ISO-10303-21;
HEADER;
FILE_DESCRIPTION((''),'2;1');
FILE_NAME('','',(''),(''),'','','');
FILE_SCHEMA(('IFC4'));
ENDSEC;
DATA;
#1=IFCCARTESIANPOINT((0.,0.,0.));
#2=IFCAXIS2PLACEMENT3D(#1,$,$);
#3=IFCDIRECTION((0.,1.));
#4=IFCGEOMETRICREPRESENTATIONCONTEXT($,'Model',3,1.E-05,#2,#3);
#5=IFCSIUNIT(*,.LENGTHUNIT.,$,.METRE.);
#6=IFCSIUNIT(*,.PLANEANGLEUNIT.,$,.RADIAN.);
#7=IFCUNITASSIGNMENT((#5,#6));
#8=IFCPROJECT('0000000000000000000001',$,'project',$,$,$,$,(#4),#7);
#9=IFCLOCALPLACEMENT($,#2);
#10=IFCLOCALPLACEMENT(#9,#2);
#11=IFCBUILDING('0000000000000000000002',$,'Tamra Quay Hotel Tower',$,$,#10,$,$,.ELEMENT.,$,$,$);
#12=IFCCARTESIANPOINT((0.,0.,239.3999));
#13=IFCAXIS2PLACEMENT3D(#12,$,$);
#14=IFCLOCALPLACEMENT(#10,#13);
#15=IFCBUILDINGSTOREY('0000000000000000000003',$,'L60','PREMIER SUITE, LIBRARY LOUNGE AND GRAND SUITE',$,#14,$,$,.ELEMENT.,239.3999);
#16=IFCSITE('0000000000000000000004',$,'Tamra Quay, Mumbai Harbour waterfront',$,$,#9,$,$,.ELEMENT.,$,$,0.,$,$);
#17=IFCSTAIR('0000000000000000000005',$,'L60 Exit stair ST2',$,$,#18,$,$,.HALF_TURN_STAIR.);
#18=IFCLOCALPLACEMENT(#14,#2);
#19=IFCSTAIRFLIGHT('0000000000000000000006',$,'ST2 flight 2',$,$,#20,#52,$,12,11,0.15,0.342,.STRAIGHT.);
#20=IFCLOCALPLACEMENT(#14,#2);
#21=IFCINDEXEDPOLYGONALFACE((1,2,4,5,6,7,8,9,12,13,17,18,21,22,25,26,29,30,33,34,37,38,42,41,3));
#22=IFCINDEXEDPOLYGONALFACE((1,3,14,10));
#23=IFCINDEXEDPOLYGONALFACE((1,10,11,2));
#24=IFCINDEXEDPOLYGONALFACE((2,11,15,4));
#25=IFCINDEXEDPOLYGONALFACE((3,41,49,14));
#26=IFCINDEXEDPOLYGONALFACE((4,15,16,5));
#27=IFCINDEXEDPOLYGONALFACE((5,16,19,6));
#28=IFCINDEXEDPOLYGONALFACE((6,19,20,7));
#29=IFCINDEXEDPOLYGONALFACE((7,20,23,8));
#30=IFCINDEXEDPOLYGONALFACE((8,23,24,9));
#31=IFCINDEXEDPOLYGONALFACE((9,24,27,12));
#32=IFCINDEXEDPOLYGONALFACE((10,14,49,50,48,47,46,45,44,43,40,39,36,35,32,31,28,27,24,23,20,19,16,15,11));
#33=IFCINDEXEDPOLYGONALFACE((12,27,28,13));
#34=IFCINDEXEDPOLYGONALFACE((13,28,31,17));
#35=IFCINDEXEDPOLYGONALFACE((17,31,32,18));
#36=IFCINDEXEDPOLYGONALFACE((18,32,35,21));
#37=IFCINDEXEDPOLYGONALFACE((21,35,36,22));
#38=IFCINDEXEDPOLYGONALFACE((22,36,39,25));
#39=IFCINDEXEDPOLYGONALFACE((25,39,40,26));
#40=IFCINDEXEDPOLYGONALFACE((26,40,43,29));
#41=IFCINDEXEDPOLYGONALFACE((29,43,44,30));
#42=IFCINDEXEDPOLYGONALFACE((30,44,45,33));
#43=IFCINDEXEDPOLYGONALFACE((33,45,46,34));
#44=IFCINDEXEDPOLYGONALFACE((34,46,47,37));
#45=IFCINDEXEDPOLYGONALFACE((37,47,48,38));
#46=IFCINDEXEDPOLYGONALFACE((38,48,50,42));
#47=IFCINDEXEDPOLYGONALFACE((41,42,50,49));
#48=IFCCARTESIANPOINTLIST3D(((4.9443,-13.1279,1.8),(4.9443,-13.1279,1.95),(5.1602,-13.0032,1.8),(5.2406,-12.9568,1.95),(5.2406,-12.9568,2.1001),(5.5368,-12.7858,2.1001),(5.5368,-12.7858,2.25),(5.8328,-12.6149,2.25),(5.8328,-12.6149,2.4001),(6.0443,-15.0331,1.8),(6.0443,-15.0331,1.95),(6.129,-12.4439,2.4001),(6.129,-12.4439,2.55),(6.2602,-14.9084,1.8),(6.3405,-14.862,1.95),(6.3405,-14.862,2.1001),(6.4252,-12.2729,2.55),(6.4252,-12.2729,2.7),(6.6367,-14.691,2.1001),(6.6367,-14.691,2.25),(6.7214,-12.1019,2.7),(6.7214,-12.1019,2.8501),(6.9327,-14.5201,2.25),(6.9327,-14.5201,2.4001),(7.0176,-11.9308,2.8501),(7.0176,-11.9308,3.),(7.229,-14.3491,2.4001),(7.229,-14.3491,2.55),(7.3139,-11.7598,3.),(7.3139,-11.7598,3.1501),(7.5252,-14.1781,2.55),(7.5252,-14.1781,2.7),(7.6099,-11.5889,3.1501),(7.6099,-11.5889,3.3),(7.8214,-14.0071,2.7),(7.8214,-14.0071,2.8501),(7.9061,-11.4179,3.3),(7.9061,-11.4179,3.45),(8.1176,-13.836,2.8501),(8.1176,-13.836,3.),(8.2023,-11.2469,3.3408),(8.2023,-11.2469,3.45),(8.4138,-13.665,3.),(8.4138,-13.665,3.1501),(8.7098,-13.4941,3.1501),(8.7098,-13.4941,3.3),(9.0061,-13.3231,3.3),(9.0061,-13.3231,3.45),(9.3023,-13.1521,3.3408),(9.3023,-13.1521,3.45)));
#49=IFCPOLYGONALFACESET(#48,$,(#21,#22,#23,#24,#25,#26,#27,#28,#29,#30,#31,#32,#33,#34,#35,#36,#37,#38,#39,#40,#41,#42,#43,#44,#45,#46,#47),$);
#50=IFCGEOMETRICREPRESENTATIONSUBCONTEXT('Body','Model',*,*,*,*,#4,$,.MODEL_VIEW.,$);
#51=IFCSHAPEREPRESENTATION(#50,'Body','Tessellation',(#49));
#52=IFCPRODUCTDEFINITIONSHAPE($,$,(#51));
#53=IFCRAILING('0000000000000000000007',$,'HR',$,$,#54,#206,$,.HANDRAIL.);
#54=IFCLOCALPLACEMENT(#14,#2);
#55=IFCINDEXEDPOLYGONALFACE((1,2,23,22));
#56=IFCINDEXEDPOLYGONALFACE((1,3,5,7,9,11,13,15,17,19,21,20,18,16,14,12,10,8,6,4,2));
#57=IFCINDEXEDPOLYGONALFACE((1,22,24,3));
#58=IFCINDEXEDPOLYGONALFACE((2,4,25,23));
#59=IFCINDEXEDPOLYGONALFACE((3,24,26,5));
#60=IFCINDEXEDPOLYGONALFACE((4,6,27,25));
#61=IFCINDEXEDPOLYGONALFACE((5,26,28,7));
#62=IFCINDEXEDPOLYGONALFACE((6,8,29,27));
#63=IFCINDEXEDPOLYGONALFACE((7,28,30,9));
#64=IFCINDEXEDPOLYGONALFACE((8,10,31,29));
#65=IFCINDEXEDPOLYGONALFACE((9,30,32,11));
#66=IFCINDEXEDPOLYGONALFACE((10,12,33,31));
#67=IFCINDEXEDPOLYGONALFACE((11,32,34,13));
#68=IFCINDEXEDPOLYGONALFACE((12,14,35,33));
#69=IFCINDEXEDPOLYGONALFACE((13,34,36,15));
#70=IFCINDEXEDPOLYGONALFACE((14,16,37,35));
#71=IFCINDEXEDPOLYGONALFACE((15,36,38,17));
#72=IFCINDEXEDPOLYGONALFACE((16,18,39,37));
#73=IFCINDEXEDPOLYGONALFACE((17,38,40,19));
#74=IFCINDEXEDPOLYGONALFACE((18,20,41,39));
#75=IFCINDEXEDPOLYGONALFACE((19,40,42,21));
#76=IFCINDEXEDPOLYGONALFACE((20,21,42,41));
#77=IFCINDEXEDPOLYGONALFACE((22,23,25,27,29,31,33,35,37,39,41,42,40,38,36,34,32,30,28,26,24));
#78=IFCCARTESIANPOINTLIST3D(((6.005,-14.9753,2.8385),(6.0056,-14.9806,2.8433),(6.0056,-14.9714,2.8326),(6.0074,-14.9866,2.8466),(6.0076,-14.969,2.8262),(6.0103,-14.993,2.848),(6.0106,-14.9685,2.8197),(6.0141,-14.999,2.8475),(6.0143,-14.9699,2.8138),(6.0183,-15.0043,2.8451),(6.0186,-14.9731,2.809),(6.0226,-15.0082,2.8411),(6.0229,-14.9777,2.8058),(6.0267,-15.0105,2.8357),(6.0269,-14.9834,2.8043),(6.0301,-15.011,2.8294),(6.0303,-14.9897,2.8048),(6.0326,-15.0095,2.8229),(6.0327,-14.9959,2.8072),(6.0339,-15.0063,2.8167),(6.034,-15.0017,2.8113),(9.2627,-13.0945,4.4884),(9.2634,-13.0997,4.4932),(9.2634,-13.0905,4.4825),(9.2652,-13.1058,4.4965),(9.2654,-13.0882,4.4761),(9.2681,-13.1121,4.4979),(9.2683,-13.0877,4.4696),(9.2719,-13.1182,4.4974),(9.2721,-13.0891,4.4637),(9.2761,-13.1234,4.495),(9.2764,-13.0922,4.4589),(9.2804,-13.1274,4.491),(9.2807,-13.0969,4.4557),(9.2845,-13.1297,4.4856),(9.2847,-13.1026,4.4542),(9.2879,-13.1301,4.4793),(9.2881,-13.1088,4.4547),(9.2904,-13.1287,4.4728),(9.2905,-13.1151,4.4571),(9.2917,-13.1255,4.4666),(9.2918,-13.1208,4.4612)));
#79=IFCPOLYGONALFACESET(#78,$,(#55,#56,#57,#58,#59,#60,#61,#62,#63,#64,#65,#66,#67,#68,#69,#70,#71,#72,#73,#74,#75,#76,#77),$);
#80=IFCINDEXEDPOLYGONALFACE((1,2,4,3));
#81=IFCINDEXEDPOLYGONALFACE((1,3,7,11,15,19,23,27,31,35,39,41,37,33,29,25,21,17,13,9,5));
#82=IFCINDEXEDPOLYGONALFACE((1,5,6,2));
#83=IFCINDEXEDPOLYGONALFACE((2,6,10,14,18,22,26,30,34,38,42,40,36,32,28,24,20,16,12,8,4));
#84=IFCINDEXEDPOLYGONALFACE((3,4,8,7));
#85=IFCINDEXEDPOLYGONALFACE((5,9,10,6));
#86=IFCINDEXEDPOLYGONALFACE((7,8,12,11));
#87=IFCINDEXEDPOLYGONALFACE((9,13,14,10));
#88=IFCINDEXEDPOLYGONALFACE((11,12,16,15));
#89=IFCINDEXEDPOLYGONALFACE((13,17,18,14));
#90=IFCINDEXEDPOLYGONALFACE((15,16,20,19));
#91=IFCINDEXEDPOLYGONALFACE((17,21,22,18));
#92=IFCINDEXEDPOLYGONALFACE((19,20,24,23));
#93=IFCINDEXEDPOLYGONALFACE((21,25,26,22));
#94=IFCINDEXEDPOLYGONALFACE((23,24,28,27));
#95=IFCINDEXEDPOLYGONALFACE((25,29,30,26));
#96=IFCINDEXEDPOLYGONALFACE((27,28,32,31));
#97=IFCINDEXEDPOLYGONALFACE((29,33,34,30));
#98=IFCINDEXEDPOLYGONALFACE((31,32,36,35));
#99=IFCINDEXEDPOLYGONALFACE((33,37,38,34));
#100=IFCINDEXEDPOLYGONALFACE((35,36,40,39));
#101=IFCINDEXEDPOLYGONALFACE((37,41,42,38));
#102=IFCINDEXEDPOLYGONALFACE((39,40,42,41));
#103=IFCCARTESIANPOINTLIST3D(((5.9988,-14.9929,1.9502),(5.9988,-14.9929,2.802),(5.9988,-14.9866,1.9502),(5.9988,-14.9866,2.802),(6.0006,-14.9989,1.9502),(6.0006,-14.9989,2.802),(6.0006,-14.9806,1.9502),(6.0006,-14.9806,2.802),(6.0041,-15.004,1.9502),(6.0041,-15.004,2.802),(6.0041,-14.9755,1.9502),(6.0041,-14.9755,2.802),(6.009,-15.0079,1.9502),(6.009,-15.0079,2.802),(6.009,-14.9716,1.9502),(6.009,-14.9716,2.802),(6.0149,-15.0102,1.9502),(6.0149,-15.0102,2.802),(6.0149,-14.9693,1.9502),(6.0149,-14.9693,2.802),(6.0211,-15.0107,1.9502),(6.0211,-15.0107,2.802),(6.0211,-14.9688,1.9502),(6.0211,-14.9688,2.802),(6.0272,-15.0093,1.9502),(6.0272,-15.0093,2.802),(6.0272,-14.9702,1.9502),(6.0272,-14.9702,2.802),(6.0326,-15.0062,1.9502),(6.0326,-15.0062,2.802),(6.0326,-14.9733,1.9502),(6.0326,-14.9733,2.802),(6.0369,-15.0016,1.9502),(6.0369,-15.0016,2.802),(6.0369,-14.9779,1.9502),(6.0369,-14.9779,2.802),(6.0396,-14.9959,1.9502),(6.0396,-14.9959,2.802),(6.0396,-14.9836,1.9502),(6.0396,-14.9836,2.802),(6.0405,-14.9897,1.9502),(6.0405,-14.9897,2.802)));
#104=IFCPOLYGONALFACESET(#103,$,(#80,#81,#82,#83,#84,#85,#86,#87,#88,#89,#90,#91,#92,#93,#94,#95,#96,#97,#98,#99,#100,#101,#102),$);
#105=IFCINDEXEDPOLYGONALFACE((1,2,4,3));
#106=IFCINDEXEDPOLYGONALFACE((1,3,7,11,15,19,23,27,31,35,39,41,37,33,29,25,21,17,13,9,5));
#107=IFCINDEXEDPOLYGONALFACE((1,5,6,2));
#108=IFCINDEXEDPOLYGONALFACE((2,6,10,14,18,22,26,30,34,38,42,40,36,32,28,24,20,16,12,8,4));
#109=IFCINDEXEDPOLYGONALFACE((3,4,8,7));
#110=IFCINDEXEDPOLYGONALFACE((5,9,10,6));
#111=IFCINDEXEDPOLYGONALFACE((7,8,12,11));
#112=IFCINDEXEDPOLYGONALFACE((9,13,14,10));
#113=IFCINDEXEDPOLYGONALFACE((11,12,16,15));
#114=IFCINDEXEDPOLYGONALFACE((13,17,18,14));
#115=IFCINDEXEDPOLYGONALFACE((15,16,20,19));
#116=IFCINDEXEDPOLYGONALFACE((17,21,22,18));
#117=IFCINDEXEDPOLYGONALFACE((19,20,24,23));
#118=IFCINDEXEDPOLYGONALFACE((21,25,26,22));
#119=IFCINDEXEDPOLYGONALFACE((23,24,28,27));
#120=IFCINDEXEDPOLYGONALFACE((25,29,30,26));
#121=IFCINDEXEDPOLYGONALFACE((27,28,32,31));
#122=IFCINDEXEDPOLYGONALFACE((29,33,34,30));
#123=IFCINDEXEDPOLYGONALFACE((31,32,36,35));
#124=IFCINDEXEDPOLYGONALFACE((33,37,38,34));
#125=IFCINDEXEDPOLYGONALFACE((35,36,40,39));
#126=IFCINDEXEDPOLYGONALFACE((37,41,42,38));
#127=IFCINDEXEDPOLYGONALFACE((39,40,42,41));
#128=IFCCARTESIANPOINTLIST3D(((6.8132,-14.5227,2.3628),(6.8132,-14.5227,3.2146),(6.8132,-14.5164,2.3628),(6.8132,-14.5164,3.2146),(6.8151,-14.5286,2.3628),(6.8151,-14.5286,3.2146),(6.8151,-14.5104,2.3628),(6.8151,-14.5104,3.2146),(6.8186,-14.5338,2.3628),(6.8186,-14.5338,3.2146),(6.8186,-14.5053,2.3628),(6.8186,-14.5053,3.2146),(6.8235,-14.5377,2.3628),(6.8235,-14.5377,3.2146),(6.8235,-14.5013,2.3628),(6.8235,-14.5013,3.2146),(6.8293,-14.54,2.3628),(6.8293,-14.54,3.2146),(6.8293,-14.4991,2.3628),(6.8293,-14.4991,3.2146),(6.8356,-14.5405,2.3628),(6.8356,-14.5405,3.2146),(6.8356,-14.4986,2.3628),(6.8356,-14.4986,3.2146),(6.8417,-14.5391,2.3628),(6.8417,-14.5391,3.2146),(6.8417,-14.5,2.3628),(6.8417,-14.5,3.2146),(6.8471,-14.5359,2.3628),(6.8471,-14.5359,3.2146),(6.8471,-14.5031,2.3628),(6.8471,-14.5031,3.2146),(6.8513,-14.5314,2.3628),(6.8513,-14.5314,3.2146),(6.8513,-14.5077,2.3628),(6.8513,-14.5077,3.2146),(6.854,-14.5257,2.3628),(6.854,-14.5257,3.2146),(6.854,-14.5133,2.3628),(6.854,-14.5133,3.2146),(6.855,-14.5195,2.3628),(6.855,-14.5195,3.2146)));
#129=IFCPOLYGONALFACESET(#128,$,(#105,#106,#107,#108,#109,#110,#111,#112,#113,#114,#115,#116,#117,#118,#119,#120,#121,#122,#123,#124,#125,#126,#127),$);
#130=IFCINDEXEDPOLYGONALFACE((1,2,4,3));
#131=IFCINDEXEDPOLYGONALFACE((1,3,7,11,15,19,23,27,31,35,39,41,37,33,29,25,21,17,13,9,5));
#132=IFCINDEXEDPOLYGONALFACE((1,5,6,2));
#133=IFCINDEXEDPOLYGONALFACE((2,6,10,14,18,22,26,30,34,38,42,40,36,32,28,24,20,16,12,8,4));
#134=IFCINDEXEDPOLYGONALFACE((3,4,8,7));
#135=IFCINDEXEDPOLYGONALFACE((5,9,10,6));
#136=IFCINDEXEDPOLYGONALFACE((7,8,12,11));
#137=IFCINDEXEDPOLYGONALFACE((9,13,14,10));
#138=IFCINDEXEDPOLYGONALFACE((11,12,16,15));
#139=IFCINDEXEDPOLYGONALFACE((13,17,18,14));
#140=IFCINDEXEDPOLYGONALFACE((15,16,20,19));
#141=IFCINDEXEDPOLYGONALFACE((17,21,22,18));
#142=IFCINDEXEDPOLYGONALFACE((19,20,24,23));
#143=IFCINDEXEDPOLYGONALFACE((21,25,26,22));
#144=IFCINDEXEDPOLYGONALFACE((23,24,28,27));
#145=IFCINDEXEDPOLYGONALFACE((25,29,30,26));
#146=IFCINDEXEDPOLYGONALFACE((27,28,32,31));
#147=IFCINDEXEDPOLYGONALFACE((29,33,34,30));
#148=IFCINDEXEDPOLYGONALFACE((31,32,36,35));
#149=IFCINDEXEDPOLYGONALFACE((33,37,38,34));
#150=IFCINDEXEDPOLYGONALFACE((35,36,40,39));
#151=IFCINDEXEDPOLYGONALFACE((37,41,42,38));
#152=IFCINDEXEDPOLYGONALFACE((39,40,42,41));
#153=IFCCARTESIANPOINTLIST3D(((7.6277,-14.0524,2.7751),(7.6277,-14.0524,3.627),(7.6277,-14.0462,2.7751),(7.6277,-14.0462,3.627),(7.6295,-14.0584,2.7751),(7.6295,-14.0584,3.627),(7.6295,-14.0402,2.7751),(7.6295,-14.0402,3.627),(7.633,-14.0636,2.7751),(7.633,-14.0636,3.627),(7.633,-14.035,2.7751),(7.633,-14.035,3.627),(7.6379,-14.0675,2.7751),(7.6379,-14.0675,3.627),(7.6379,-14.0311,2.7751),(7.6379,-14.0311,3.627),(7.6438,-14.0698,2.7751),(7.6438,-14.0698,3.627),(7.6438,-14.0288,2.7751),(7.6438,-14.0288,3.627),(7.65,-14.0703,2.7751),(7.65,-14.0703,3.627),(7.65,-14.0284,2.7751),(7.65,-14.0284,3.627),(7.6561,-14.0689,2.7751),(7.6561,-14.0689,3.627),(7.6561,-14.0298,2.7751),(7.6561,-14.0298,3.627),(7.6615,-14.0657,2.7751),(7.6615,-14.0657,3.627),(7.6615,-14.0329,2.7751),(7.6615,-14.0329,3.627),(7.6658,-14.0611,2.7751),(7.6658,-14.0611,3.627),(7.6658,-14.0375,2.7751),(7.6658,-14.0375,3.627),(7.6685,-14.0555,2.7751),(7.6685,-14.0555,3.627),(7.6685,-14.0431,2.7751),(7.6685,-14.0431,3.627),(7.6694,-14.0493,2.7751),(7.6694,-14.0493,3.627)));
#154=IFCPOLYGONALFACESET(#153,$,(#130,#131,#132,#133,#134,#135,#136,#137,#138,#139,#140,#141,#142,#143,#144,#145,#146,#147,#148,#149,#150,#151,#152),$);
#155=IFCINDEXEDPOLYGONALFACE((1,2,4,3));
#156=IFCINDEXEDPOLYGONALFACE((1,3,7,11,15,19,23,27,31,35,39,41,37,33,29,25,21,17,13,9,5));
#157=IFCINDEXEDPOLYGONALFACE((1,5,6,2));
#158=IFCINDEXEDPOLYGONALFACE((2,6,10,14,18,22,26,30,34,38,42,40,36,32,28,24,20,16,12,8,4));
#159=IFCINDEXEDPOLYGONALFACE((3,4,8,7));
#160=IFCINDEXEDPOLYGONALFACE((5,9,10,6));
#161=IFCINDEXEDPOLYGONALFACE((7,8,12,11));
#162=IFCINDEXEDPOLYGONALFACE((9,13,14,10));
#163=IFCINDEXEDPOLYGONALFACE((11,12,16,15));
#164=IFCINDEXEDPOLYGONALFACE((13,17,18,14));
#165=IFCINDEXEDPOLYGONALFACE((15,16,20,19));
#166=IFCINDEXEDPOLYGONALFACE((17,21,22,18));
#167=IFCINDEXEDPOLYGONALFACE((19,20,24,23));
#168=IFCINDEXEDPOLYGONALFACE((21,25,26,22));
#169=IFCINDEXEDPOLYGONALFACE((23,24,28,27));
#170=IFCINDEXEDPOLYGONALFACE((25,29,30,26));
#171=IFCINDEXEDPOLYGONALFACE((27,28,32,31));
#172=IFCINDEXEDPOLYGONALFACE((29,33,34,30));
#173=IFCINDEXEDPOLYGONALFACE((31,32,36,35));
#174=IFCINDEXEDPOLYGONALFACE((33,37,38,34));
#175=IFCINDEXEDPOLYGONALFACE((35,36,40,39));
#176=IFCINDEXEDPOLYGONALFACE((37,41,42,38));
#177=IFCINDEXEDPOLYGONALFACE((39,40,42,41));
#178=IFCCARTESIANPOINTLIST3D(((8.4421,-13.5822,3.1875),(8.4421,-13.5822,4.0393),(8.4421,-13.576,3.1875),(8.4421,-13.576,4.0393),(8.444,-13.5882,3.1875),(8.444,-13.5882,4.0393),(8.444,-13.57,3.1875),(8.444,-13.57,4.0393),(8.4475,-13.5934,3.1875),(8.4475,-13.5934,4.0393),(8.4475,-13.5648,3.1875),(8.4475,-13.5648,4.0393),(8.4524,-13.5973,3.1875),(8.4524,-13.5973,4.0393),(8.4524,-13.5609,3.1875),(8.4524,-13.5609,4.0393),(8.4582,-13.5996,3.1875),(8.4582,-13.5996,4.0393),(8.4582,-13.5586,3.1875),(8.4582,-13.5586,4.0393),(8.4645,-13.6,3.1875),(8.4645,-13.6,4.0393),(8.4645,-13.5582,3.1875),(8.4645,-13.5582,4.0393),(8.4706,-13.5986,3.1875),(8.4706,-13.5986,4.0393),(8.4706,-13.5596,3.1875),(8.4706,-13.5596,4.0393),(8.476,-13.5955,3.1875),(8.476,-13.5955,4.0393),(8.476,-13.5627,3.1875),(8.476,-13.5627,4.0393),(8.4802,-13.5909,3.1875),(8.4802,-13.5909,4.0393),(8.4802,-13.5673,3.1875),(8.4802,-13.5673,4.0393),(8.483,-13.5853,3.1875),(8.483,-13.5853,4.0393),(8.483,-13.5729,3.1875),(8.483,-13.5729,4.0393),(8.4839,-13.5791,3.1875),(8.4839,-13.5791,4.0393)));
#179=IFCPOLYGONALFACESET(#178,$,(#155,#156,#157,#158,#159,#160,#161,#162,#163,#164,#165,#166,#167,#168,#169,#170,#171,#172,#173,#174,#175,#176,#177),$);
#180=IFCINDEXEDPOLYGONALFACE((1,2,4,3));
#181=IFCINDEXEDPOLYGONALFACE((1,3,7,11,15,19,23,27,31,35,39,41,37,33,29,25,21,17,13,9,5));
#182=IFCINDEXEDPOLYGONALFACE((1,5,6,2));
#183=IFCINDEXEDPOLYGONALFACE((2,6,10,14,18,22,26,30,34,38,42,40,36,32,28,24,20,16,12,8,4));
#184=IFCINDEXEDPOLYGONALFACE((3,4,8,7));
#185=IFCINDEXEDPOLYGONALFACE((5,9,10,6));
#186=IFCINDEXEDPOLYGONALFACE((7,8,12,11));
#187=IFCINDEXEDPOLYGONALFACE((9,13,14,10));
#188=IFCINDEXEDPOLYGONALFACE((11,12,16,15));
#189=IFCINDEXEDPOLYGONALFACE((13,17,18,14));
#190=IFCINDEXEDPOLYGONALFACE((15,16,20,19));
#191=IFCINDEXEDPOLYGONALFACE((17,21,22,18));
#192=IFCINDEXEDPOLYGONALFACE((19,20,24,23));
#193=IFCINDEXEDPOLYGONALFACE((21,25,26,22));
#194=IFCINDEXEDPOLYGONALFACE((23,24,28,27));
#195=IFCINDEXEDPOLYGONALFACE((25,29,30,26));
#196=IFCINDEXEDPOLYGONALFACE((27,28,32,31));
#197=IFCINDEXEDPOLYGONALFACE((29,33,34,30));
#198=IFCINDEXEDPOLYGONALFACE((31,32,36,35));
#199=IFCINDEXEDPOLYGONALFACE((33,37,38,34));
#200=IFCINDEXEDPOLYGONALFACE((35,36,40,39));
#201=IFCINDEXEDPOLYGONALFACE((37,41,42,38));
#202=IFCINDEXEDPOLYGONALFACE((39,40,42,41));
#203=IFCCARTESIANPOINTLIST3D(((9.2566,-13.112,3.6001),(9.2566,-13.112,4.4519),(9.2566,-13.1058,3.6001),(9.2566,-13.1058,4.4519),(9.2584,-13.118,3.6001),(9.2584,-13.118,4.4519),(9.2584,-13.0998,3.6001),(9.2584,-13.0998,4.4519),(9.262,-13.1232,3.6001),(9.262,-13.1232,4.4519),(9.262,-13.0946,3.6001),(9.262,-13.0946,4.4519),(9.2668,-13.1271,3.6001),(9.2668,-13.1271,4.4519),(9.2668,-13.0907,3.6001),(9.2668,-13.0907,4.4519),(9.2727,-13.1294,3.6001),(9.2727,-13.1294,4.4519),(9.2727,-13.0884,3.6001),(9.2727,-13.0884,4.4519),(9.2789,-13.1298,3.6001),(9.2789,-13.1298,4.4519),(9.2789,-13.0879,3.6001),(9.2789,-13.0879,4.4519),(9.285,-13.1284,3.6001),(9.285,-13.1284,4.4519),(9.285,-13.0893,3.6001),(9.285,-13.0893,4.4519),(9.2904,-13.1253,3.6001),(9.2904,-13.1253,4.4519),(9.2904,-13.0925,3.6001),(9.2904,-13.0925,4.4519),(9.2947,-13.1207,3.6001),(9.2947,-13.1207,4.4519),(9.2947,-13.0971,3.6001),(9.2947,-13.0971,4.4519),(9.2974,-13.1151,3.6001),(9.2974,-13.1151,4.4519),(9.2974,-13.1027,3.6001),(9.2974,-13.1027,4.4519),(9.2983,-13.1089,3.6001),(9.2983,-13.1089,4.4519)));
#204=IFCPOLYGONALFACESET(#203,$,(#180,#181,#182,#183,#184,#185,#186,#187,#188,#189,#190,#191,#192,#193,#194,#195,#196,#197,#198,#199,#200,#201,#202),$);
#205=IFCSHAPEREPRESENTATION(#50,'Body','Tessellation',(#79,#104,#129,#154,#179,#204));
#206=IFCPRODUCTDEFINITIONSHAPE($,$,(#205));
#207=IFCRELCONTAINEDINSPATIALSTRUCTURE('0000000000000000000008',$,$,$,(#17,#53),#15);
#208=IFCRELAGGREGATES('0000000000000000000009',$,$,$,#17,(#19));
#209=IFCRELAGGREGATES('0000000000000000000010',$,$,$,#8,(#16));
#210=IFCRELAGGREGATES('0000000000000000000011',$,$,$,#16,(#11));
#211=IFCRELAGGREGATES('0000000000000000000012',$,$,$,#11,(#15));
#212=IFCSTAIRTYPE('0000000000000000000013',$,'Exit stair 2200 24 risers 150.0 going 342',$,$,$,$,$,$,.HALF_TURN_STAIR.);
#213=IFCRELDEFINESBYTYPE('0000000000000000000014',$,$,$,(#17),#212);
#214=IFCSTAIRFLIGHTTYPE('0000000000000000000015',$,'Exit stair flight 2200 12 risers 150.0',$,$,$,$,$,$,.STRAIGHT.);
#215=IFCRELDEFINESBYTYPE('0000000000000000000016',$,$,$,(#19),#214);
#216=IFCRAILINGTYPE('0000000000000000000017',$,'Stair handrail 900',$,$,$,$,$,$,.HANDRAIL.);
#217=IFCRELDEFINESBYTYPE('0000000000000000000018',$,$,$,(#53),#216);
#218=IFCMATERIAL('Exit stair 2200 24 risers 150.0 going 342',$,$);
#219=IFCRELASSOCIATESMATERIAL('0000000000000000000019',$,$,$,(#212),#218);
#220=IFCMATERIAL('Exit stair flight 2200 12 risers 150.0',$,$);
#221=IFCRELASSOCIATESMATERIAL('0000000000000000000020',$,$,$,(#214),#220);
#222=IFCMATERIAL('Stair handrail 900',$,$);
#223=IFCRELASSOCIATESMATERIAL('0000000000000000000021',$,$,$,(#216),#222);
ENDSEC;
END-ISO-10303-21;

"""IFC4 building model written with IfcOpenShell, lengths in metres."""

from ifc_helpers import new_model, si_unit, direction, frame, origin, origin_2d, place, context, subcontext, project, spatial, polyline, circle, outline, extrude, material, type_object, element, aggregate, save


model = new_model("IFC4")

# Units and contexts
model_context = context("Model", 3, precision=1e-05, world=origin(), true_north=direction((0.0, 1.0)))
body_context = subcontext(model_context, "Body", "Model", "MODEL_VIEW")
ifc_project = project(units=[si_unit("LENGTHUNIT", "METRE"), si_unit("PLANEANGLEUNIT", "RADIAN")], contexts=[model_context])

# Site, building, storey
site_placement = place(None, origin())
site = spatial("IfcSite", under=ifc_project, at=site_placement, Name="Tamra Quay, Mumbai Harbour waterfront", CompositionType="ELEMENT", RefElevation=0.0)
building_placement = place(site_placement, origin())
building = spatial("IfcBuilding", under=site, at=building_placement, Name="Tamra Quay Hotel Tower", CompositionType="ELEMENT")
storey_placement = place(building_placement, frame((0.0, 0.0, 239.3999)))
storey = spatial("IfcBuildingStorey", under=building, at=storey_placement, Name="L60", Description="PREMIER SUITE, LIBRARY LOUNGE AND GRAND SUITE", CompositionType="ELEMENT", Elevation=239.3999)

# Stair, stair flight
ifc_material_1 = material(Name="Exit stair 2200 24 risers 150.0 going 342")
stair_type = type_object("IfcStairType", Name="Exit stair 2200 24 risers 150.0 going 342", PredefinedType="HALF_TURN_STAIR", material=ifc_material_1)
stair_placement = place(storey_placement, origin())
stair = element("IfcStair", 1, at=stair_placement, inside=storey, type_object=stair_type, Name="L60 Exit stair ST2", PredefinedType="HALF_TURN_STAIR")
ifc_material_2 = material(Name="Exit stair flight 2200 12 risers 150.0")
stair_flight_type = type_object("IfcStairFlightType", Name="Exit stair flight 2200 12 risers 150.0", PredefinedType="STRAIGHT", material=ifc_material_2)
stair_flight_1_placement = place(storey_placement, frame((5.4944, -14.0806, 1.8), z_axis=(0.0, 0.0, 1.0), x_axis=(0.866025, 0.5, 0.0)))
stair_flight_1 = element("IfcStairFlight", 2, at=stair_flight_1_placement, type_object=stair_flight_type, Name="ST2 flight 2", NumberOfRisers=12, NumberOfTreads=11, PredefinedType="STRAIGHT", RiserHeight=0.15, TreadLength=0.342, context=body_context, shape_type="SweptSolid", body=[
    extrude(outline(polyline([(0.0, 0.0), (0.0, 0.1499), (0.342, 0.1499), (0.342, 0.3), (0.6841, 0.3), (0.6841, 0.45), (1.0259, 0.45), (1.0259, 0.6001), (1.3679, 0.6001), (1.3679, 0.75), (1.71, 0.75), (1.71, 0.8999), (2.052, 0.8999), (2.052, 1.05), (2.394, 1.05), (2.394, 1.2), (2.7361, 1.2), (2.7361, 1.3501), (3.0779, 1.3501), (3.0779, 1.5), (3.4199, 1.5), (3.4199, 1.6499), (3.762, 1.6499), (3.762, 1.8), (3.762, 1.5408), (0.2493, 0.0), (0.0, 0.0)])), frame((0.0, 1.1001, 0.0), z_axis=(0.0, -1.0, 0.0), x_axis=(1.0, 0.0, 0.0)), (0.0, 0.0, 1.0), 2.2),
])
aggregate(stair, [stair_flight_1])

# Railing
ifc_material_3 = material(Name="Stair handrail 900")
railing_type_1 = type_object("IfcRailingType", Name="Stair handrail 900", PredefinedType="HANDRAIL", material=ifc_material_3)
railing_1_placement = place(storey_placement, frame((6.0195, -14.9897, 1.9502)))
element("IfcRailing", 3, at=railing_1_placement, inside=storey, type_object=railing_type_1, Name="HR", PredefinedType="HANDRAIL", context=body_context, shape_type="SweptSolid", body=[
    extrude(circle(Radius=0.0239, at=origin_2d()), frame((0.0, 0.0, 0.876), z_axis=(0.7931, 0.457887, 0.401661), x_axis=(-0.499992, 0.86603, 0.0)), (0.0, 0.0, 1.0), 4.1077),
    extrude(circle(Radius=0.021, at=origin_2d()), origin(), (0.0, 0.0, 1.0), 0.8518),
    extrude(circle(Radius=0.021, at=origin_2d()), frame((0.8145, 0.4702, 0.4126)), (0.0, 0.0, 1.0), 0.8518),
    extrude(circle(Radius=0.021, at=origin_2d()), frame((1.6289, 0.9404, 0.825)), (0.0, 0.0, 1.0), 0.8518),
    extrude(circle(Radius=0.021, at=origin_2d()), frame((2.4434, 1.4106, 1.2373)), (0.0, 0.0, 1.0), 0.8518),
    extrude(circle(Radius=0.021, at=origin_2d()), frame((3.2578, 1.8809, 1.6499)), (0.0, 0.0, 1.0), 0.8518),
])

save(model, "model.ifc")
